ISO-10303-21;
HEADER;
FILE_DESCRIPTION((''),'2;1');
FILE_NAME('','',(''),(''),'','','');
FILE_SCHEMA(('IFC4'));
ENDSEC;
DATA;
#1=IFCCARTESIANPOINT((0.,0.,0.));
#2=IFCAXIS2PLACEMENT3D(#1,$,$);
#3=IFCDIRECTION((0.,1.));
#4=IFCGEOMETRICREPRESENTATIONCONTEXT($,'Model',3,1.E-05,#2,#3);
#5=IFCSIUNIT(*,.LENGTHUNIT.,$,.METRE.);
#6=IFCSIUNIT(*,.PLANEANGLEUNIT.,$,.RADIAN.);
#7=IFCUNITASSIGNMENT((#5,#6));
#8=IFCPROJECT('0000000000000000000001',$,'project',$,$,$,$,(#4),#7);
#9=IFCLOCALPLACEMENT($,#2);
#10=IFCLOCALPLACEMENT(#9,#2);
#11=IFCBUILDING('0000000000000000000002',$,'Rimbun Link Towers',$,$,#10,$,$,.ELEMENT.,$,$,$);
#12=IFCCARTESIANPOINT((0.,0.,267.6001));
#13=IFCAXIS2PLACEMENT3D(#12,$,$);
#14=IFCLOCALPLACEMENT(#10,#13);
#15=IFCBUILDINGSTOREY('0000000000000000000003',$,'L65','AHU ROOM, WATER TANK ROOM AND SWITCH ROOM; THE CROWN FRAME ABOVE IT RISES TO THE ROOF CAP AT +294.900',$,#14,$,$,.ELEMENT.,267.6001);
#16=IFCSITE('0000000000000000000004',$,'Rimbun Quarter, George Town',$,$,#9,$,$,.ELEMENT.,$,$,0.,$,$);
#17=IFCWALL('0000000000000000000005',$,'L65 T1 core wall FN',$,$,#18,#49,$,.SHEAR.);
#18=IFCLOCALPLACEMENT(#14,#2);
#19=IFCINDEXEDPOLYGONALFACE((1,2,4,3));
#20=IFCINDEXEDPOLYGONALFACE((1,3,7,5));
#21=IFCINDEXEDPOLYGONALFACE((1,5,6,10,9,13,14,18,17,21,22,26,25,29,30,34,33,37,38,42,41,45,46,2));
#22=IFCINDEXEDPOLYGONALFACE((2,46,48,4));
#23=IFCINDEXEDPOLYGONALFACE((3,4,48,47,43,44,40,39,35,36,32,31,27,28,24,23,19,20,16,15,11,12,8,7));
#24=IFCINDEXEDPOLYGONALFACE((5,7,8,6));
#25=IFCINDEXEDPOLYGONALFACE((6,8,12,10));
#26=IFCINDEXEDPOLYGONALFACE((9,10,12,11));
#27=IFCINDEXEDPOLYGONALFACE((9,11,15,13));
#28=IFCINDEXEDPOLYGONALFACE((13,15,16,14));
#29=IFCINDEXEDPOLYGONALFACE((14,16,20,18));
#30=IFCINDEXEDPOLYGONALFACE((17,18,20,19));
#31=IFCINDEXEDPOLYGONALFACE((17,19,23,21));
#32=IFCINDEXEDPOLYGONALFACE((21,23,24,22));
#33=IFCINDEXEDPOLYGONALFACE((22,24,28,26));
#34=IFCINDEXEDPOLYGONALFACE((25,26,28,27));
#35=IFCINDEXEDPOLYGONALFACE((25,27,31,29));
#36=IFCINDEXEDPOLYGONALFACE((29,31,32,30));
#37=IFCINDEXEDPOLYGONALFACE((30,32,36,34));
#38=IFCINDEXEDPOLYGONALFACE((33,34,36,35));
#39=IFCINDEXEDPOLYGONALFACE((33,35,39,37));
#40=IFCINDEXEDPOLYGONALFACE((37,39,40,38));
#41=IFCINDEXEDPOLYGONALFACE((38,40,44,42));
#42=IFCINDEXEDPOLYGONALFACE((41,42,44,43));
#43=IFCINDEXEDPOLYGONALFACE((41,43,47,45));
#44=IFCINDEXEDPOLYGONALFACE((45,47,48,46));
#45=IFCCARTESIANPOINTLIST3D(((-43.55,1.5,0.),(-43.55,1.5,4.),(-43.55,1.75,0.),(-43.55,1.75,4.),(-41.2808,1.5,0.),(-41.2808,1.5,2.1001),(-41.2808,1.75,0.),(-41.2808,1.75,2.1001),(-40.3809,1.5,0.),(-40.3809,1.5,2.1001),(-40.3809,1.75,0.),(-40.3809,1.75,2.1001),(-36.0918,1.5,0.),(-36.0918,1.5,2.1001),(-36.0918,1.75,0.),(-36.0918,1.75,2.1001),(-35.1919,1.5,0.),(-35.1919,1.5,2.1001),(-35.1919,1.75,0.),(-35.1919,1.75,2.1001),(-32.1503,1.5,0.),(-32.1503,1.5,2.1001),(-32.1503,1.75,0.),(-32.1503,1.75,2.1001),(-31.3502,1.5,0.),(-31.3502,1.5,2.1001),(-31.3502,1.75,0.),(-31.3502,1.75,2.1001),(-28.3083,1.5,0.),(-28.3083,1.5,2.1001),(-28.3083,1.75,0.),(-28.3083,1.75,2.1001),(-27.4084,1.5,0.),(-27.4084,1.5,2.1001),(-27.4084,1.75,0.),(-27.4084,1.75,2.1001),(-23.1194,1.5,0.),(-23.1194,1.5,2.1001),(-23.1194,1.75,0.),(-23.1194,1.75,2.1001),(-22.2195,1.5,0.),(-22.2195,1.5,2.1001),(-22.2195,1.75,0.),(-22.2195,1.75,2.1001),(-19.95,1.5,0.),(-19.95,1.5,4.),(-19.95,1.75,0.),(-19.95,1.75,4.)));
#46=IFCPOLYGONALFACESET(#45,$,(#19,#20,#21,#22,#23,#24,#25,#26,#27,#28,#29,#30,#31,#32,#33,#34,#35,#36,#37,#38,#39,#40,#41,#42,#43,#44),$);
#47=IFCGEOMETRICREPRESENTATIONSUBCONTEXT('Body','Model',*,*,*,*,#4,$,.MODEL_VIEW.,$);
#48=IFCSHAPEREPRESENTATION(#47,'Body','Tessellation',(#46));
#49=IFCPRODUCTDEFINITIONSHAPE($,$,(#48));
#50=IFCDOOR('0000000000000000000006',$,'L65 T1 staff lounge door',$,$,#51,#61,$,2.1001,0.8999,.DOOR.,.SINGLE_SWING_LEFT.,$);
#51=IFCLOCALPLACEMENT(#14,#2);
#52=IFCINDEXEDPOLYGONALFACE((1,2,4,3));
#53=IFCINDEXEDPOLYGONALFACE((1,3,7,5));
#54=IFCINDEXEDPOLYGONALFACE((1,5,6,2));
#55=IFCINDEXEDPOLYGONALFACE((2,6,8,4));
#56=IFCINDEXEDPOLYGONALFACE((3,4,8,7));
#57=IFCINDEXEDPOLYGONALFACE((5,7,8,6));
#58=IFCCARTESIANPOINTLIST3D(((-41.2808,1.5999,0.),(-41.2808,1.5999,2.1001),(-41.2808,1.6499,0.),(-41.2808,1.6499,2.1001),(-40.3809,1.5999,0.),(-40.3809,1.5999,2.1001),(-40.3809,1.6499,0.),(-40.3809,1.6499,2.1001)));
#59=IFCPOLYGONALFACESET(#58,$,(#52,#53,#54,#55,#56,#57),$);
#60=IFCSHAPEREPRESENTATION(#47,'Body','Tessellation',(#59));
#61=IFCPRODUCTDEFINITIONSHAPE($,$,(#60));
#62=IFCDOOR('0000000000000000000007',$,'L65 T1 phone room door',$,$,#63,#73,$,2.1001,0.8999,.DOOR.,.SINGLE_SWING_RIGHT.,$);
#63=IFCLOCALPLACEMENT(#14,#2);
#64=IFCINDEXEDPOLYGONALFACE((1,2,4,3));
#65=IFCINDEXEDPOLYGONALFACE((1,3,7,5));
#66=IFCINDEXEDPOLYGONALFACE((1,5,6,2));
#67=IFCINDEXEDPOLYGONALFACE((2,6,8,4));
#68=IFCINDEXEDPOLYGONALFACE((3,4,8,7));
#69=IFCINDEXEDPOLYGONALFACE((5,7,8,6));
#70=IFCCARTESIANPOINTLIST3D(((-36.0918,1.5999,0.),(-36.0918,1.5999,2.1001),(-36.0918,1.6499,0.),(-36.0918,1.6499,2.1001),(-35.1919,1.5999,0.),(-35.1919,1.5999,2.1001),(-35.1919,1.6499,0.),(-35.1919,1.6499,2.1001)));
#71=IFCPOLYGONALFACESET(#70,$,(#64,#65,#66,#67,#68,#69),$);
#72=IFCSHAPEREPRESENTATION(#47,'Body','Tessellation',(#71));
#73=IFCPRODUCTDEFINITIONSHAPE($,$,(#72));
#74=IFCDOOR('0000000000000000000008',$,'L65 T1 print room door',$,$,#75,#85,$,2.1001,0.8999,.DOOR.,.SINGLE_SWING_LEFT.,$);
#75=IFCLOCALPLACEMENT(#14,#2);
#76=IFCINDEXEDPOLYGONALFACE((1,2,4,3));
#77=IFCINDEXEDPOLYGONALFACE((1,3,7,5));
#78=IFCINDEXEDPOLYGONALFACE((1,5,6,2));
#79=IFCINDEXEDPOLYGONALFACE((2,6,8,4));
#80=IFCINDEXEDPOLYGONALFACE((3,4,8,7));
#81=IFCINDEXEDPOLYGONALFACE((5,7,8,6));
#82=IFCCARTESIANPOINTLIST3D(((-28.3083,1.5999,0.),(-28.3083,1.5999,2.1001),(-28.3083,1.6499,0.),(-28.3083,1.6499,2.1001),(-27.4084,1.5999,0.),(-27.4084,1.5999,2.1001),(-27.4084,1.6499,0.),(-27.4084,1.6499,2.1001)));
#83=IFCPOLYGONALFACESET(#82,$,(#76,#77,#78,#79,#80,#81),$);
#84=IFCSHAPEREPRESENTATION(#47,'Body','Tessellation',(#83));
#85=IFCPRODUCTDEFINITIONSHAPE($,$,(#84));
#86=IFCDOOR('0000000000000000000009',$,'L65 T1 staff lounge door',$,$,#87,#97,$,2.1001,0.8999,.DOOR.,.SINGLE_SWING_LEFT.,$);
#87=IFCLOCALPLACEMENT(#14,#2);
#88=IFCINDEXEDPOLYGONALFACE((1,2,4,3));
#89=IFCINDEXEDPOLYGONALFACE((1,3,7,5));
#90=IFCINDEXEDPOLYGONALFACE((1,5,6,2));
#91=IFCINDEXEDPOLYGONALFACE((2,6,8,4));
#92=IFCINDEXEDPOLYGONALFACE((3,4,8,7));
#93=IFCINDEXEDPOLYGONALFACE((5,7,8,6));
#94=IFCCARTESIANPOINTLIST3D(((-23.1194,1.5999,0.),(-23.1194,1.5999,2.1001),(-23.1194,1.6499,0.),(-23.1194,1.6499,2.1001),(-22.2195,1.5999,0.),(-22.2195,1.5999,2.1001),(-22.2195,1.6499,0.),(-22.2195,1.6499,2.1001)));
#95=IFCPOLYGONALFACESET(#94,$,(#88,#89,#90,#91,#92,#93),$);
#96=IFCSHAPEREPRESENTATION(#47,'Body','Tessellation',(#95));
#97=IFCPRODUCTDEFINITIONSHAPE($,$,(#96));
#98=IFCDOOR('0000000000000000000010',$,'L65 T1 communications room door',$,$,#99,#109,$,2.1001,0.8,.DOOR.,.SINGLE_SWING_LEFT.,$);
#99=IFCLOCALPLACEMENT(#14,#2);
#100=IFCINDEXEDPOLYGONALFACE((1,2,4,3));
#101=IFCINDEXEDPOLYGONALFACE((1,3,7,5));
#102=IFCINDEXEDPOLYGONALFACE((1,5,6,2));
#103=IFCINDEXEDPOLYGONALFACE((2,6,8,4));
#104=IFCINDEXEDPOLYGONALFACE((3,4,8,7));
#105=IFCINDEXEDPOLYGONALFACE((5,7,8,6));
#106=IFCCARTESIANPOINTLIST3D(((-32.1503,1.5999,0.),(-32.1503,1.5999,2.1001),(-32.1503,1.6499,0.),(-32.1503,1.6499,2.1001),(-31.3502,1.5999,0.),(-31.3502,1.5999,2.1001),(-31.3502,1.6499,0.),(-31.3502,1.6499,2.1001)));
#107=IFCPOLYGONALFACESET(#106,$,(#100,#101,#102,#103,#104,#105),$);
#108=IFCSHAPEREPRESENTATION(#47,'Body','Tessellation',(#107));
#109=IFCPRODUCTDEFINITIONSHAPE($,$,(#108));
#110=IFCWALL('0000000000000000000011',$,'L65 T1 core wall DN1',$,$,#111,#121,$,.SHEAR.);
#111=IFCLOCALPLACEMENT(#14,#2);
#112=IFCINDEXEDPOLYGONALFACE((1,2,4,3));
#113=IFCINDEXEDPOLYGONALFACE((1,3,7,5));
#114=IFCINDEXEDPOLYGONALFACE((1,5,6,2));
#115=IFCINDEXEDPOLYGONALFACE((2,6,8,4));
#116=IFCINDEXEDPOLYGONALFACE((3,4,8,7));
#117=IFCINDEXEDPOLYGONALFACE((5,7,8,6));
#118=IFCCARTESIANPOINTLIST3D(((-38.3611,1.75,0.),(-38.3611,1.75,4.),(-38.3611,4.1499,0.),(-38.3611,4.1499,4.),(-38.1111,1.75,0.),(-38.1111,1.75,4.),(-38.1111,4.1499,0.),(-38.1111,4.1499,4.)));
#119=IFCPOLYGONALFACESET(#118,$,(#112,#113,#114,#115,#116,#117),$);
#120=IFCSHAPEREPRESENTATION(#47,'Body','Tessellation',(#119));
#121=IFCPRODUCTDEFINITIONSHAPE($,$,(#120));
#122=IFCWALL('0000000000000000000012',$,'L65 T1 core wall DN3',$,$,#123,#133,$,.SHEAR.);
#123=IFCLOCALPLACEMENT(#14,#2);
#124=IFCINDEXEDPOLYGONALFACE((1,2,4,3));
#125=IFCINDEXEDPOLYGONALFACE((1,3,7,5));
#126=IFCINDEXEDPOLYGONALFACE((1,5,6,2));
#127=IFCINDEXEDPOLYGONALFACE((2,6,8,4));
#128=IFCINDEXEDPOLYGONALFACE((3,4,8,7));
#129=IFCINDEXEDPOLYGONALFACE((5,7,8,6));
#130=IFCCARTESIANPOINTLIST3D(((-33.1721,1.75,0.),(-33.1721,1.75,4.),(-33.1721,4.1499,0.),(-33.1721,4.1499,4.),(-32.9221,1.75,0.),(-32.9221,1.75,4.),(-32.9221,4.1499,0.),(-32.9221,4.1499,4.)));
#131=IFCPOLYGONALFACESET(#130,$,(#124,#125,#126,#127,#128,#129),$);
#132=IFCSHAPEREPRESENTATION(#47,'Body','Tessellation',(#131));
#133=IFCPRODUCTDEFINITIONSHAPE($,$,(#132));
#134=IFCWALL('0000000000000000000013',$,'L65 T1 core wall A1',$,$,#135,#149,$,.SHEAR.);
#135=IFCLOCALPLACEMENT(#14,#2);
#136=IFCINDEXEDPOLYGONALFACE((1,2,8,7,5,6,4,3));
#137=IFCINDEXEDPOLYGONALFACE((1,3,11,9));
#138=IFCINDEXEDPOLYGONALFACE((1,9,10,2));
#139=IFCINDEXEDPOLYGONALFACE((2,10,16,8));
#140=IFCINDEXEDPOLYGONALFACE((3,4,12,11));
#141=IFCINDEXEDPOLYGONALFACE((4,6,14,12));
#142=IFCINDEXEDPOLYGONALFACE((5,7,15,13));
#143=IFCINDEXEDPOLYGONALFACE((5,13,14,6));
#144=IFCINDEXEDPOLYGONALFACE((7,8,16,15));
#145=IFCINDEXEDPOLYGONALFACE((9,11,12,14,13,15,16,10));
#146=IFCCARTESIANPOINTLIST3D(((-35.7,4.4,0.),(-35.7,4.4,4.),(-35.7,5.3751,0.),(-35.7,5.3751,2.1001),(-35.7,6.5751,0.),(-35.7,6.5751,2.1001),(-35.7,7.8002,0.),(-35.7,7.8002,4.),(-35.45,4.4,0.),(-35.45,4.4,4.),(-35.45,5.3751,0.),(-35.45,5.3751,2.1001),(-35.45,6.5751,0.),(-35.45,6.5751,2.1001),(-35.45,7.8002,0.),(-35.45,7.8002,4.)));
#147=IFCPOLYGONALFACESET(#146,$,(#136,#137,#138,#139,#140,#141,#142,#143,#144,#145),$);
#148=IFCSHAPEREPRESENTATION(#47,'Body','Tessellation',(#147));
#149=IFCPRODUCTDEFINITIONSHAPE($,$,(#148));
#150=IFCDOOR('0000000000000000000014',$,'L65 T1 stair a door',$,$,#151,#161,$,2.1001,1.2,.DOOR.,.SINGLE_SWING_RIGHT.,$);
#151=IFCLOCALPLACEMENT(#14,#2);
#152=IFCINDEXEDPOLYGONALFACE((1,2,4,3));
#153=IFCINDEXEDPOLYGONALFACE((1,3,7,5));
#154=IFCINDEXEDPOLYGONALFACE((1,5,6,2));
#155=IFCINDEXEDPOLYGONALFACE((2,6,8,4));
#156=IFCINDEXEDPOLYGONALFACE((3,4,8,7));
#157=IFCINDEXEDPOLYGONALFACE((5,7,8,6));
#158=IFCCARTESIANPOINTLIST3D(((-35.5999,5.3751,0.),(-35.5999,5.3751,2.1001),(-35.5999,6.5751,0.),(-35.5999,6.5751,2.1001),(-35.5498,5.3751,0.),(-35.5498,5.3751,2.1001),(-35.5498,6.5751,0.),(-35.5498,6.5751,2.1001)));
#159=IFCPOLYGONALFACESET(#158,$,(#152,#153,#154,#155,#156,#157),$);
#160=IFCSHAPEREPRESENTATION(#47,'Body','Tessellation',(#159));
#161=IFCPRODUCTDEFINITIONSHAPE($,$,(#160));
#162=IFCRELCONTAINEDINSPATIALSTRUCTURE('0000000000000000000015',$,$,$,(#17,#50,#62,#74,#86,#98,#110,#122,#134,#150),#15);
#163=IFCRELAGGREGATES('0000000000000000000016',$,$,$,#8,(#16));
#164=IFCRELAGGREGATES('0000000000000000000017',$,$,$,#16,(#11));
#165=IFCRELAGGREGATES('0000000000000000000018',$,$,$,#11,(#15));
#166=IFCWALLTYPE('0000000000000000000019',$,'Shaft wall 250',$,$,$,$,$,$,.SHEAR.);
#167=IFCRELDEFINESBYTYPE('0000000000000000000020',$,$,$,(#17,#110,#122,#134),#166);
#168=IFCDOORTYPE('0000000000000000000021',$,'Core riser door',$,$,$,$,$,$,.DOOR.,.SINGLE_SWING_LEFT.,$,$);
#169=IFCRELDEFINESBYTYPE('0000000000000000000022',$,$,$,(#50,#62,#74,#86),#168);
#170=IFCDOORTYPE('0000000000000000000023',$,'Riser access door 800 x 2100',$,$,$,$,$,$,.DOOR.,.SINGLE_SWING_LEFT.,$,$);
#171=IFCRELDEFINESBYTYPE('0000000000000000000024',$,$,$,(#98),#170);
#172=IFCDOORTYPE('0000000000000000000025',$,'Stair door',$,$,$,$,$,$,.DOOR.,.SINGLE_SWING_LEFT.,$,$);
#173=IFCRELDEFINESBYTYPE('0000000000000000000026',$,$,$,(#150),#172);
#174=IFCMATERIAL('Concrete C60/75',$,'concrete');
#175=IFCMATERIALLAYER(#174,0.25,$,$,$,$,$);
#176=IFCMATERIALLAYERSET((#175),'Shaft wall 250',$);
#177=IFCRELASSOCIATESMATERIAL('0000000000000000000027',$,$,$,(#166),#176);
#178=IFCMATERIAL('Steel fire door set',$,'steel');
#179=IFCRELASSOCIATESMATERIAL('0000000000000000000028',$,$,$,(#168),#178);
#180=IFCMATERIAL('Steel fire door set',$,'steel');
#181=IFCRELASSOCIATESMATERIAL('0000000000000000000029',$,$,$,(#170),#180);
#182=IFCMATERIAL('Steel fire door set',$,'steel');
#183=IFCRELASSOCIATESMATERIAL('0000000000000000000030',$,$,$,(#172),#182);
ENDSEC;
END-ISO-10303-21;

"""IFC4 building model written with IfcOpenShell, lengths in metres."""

from ifc_helpers import new_model, si_unit, direction, frame, frame_2d, origin, place, context, subcontext, project, spatial, rectangle, extrude, material, layer, layer_set, type_object, element, fill, save


model = new_model("IFC4")

# Units and contexts
model_context = context("Model", 3, precision=1e-05, world=origin(), true_north=direction((0.0, 1.0)))
body_context = subcontext(model_context, "Body", "Model", "MODEL_VIEW")
ifc_project = project(units=[si_unit("LENGTHUNIT", "METRE"), si_unit("PLANEANGLEUNIT", "RADIAN")], contexts=[model_context])

# Site, building, storey
site_placement = place(None, origin())
site = spatial("IfcSite", under=ifc_project, at=site_placement, Name="Rimbun Quarter, George Town", CompositionType="ELEMENT", RefElevation=0.0)
building_placement = place(site_placement, origin())
building = spatial("IfcBuilding", under=site, at=building_placement, Name="Rimbun Link Towers", CompositionType="ELEMENT")
storey_placement = place(building_placement, frame((0.0, 0.0, 267.6001)))
storey = spatial("IfcBuildingStorey", under=building, at=storey_placement, Name="L65", Description="AHU ROOM, WATER TANK ROOM AND SWITCH ROOM; THE CROWN FRAME ABOVE IT RISES TO THE ROOF CAP AT +294.900", CompositionType="ELEMENT", Elevation=267.6001)

# Shared definitions
ifc_material_1 = material(Name="Concrete C60/75", Category="concrete")
ifc_layer_1 = layer(ifc_material_1, 0.25)
ifc_layer_set_1 = layer_set([ifc_layer_1], Name="Shaft wall 250")
wall_type_1 = type_object("IfcWallType", Name="Shaft wall 250", PredefinedType="SHEAR", material=ifc_layer_set_1)

# Wall, openings, doors
wall_1_placement = place(storey_placement, frame((-43.55, 1.625, 0.0), z_axis=(0.0, 0.0, 1.0), x_axis=(1.0, 0.0, 0.0)))
wall_1 = element("IfcWall", 1, at=wall_1_placement, inside=storey, type_object=wall_type_1, Name="L65 T1 core wall FN", PredefinedType="SHEAR", context=body_context, shape_type="SweptSolid", body=[
    extrude(rectangle(XDim=23.6001, YDim=0.25, at=frame_2d((11.8, 0.0))), origin(), (0.0, 0.0, 1.0), 4.0),
])
opening_1_placement = place(wall_1_placement, frame((2.2693, 0.0, 0.0)))
opening_1 = element("IfcOpeningElement", 2, at=opening_1_placement, cuts=wall_1, PredefinedType="OPENING", context=body_context, shape_type="SweptSolid", body=[
    extrude(rectangle(XDim=0.8999, YDim=2.1001, at=frame_2d((0.45, 1.05))), frame((0.0, 0.135, 0.0), z_axis=(0.0, -1.0, 0.0), x_axis=(1.0, 0.0, 0.0)), (0.0, 0.0, 1.0), 0.27),
])
opening_2_placement = place(wall_1_placement, frame((7.4583, 0.0, 0.0)))
opening_2 = element("IfcOpeningElement", 3, at=opening_2_placement, cuts=wall_1, PredefinedType="OPENING", context=body_context, shape_type="SweptSolid", body=[
    extrude(rectangle(XDim=0.8999, YDim=2.1001, at=frame_2d((0.45, 1.05))), frame((0.0, 0.135, 0.0), z_axis=(0.0, -1.0, 0.0), x_axis=(1.0, 0.0, 0.0)), (0.0, 0.0, 1.0), 0.27),
])
opening_3_placement = place(wall_1_placement, frame((11.3999, 0.0, 0.0)))
opening_3 = element("IfcOpeningElement", 4, at=opening_3_placement, cuts=wall_1, PredefinedType="OPENING", context=body_context, shape_type="SweptSolid", body=[
    extrude(rectangle(XDim=0.8, YDim=2.1001, at=frame_2d((0.3999, 1.05))), frame((0.0, 0.135, 0.0), z_axis=(0.0, -1.0, 0.0), x_axis=(1.0, 0.0, 0.0)), (0.0, 0.0, 1.0), 0.27),
])
opening_4_placement = place(wall_1_placement, frame((15.2417, 0.0, 0.0)))
opening_4 = element("IfcOpeningElement", 5, at=opening_4_placement, cuts=wall_1, PredefinedType="OPENING", context=body_context, shape_type="SweptSolid", body=[
    extrude(rectangle(XDim=0.8999, YDim=2.1001, at=frame_2d((0.45, 1.05))), frame((0.0, 0.135, 0.0), z_axis=(0.0, -1.0, 0.0), x_axis=(1.0, 0.0, 0.0)), (0.0, 0.0, 1.0), 0.27),
])
opening_5_placement = place(wall_1_placement, frame((20.4307, 0.0, 0.0)))
opening_5 = element("IfcOpeningElement", 6, at=opening_5_placement, cuts=wall_1, PredefinedType="OPENING", context=body_context, shape_type="SweptSolid", body=[
    extrude(rectangle(XDim=0.8999, YDim=2.1001, at=frame_2d((0.45, 1.05))), frame((0.0, 0.135, 0.0), z_axis=(0.0, -1.0, 0.0), x_axis=(1.0, 0.0, 0.0)), (0.0, 0.0, 1.0), 0.27),
])
ifc_material_2 = material(Name="Steel fire door set", Category="steel")
door_type_1 = type_object("IfcDoorType", Name="Core riser door", OperationType="SINGLE_SWING_LEFT", PredefinedType="DOOR", material=ifc_material_2)
door_1_placement = place(opening_1_placement, origin())
door_1 = element("IfcDoor", 7, at=door_1_placement, inside=storey, type_object=door_type_1, Name="L65 T1 staff lounge door", OperationType="SINGLE_SWING_LEFT", OverallHeight=2.1001, OverallWidth=0.8999, PredefinedType="DOOR", context=body_context, shape_type="SweptSolid", body=[
    extrude(rectangle(XDim=0.8999, YDim=2.1001, at=frame_2d((0.45, 1.05))), frame((0.0, 0.0249, 0.0), z_axis=(0.0, -1.0, 0.0), x_axis=(1.0, 0.0, 0.0)), (0.0, 0.0, 1.0), 0.05),
])
fill(opening_1, door_1)
door_2_placement = place(opening_2_placement, origin())
door_2 = element("IfcDoor", 8, at=door_2_placement, inside=storey, type_object=door_type_1, Name="L65 T1 phone room door", OperationType="SINGLE_SWING_RIGHT", OverallHeight=2.1001, OverallWidth=0.8999, PredefinedType="DOOR", context=body_context, shape_type="SweptSolid", body=[
    extrude(rectangle(XDim=0.8999, YDim=2.1001, at=frame_2d((0.45, 1.05))), frame((0.0, 0.0249, 0.0), z_axis=(0.0, -1.0, 0.0), x_axis=(1.0, 0.0, 0.0)), (0.0, 0.0, 1.0), 0.05),
])
fill(opening_2, door_2)
door_3_placement = place(opening_4_placement, origin())
door_3 = element("IfcDoor", 9, at=door_3_placement, inside=storey, type_object=door_type_1, Name="L65 T1 print room door", OperationType="SINGLE_SWING_LEFT", OverallHeight=2.1001, OverallWidth=0.8999, PredefinedType="DOOR", context=body_context, shape_type="SweptSolid", body=[
    extrude(rectangle(XDim=0.8999, YDim=2.1001, at=frame_2d((0.45, 1.05))), frame((0.0, 0.0249, 0.0), z_axis=(0.0, -1.0, 0.0), x_axis=(1.0, 0.0, 0.0)), (0.0, 0.0, 1.0), 0.05),
])
fill(opening_4, door_3)
door_4_placement = place(opening_5_placement, origin())
door_4 = element("IfcDoor", 10, at=door_4_placement, inside=storey, type_object=door_type_1, Name="L65 T1 staff lounge door", OperationType="SINGLE_SWING_LEFT", OverallHeight=2.1001, OverallWidth=0.8999, PredefinedType="DOOR", context=body_context, shape_type="SweptSolid", body=[
    extrude(rectangle(XDim=0.8999, YDim=2.1001, at=frame_2d((0.45, 1.05))), frame((0.0, 0.0249, 0.0), z_axis=(0.0, -1.0, 0.0), x_axis=(1.0, 0.0, 0.0)), (0.0, 0.0, 1.0), 0.05),
])
fill(opening_5, door_4)
ifc_material_3 = material(Name="Steel fire door set", Category="steel")
door_type_2 = type_object("IfcDoorType", Name="Riser access door 800 x 2100", OperationType="SINGLE_SWING_LEFT", PredefinedType="DOOR", material=ifc_material_3)
door_5_placement = place(opening_3_placement, origin())
door_5 = element("IfcDoor", 11, at=door_5_placement, inside=storey, type_object=door_type_2, Name="L65 T1 communications room door", OperationType="SINGLE_SWING_LEFT", OverallHeight=2.1001, OverallWidth=0.8, PredefinedType="DOOR", context=body_context, shape_type="SweptSolid", body=[
    extrude(rectangle(XDim=0.8, YDim=2.1001, at=frame_2d((0.3999, 1.05))), frame((0.0, 0.0249, 0.0), z_axis=(0.0, -1.0, 0.0), x_axis=(1.0, 0.0, 0.0)), (0.0, 0.0, 1.0), 0.05),
])
fill(opening_3, door_5)

# Walls
for number, where, z_axis, x_axis, name in (
    (12, (-38.2361, 1.75, 0.0), (0.0, 0.0, 1.0), (0.0, 1.0, 0.0), "L65 T1 core wall DN1"),
    (13, (-33.0471, 1.75, 0.0), (0.0, 0.0, 1.0), (0.0, 1.0, 0.0), "L65 T1 core wall DN3"),
):
    element("IfcWall", number, at=place(storey_placement, frame(where, z_axis=z_axis, x_axis=x_axis)), inside=storey, type_object=wall_type_1, Name=name, PredefinedType="SHEAR", context=body_context, shape_type="SweptSolid", body=[
        extrude(rectangle(XDim=2.3999, YDim=0.25, at=frame_2d((1.2, 0.0))), origin(), (0.0, 0.0, 1.0), 4.0),
    ])

# Wall, opening, door
wall_2_placement = place(storey_placement, frame((-35.575, 4.3999, 0.0), z_axis=(0.0, 0.0, 1.0), x_axis=(0.0, 1.0, 0.0)))
wall_2 = element("IfcWall", 14, at=wall_2_placement, inside=storey, type_object=wall_type_1, Name="L65 T1 core wall A1", PredefinedType="SHEAR", context=body_context, shape_type="SweptSolid", body=[
    extrude(rectangle(XDim=3.4001, YDim=0.25, at=frame_2d((1.7002, 0.0))), origin(), (0.0, 0.0, 1.0), 4.0),
])
opening_6_placement = place(wall_2_placement, frame((0.9751, 0.0, 0.0)))
opening_6 = element("IfcOpeningElement", 15, at=opening_6_placement, cuts=wall_2, PredefinedType="OPENING", context=body_context, shape_type="SweptSolid", body=[
    extrude(rectangle(XDim=1.2, YDim=2.1001, at=frame_2d((0.6001, 1.05))), frame((0.0, 0.135, 0.0), z_axis=(0.0, -1.0, 0.0), x_axis=(1.0, 0.0, 0.0)), (0.0, 0.0, 1.0), 0.27),
])
ifc_material_4 = material(Name="Steel fire door set", Category="steel")
door_type_3 = type_object("IfcDoorType", Name="Stair door", OperationType="SINGLE_SWING_LEFT", PredefinedType="DOOR", material=ifc_material_4)
door_6_placement = place(opening_6_placement, origin())
door_6 = element("IfcDoor", 16, at=door_6_placement, inside=storey, type_object=door_type_3, Name="L65 T1 stair a door", OperationType="SINGLE_SWING_RIGHT", OverallHeight=2.1001, OverallWidth=1.2, PredefinedType="DOOR", context=body_context, shape_type="SweptSolid", body=[
    extrude(rectangle(XDim=1.2, YDim=2.1001, at=frame_2d((0.6001, 1.05))), frame((0.0, 0.0249, 0.0), z_axis=(0.0, -1.0, 0.0), x_axis=(1.0, 0.0, 0.0)), (0.0, 0.0, 1.0), 0.05),
])
fill(opening_6, door_6)

save(model, "model.ifc")
